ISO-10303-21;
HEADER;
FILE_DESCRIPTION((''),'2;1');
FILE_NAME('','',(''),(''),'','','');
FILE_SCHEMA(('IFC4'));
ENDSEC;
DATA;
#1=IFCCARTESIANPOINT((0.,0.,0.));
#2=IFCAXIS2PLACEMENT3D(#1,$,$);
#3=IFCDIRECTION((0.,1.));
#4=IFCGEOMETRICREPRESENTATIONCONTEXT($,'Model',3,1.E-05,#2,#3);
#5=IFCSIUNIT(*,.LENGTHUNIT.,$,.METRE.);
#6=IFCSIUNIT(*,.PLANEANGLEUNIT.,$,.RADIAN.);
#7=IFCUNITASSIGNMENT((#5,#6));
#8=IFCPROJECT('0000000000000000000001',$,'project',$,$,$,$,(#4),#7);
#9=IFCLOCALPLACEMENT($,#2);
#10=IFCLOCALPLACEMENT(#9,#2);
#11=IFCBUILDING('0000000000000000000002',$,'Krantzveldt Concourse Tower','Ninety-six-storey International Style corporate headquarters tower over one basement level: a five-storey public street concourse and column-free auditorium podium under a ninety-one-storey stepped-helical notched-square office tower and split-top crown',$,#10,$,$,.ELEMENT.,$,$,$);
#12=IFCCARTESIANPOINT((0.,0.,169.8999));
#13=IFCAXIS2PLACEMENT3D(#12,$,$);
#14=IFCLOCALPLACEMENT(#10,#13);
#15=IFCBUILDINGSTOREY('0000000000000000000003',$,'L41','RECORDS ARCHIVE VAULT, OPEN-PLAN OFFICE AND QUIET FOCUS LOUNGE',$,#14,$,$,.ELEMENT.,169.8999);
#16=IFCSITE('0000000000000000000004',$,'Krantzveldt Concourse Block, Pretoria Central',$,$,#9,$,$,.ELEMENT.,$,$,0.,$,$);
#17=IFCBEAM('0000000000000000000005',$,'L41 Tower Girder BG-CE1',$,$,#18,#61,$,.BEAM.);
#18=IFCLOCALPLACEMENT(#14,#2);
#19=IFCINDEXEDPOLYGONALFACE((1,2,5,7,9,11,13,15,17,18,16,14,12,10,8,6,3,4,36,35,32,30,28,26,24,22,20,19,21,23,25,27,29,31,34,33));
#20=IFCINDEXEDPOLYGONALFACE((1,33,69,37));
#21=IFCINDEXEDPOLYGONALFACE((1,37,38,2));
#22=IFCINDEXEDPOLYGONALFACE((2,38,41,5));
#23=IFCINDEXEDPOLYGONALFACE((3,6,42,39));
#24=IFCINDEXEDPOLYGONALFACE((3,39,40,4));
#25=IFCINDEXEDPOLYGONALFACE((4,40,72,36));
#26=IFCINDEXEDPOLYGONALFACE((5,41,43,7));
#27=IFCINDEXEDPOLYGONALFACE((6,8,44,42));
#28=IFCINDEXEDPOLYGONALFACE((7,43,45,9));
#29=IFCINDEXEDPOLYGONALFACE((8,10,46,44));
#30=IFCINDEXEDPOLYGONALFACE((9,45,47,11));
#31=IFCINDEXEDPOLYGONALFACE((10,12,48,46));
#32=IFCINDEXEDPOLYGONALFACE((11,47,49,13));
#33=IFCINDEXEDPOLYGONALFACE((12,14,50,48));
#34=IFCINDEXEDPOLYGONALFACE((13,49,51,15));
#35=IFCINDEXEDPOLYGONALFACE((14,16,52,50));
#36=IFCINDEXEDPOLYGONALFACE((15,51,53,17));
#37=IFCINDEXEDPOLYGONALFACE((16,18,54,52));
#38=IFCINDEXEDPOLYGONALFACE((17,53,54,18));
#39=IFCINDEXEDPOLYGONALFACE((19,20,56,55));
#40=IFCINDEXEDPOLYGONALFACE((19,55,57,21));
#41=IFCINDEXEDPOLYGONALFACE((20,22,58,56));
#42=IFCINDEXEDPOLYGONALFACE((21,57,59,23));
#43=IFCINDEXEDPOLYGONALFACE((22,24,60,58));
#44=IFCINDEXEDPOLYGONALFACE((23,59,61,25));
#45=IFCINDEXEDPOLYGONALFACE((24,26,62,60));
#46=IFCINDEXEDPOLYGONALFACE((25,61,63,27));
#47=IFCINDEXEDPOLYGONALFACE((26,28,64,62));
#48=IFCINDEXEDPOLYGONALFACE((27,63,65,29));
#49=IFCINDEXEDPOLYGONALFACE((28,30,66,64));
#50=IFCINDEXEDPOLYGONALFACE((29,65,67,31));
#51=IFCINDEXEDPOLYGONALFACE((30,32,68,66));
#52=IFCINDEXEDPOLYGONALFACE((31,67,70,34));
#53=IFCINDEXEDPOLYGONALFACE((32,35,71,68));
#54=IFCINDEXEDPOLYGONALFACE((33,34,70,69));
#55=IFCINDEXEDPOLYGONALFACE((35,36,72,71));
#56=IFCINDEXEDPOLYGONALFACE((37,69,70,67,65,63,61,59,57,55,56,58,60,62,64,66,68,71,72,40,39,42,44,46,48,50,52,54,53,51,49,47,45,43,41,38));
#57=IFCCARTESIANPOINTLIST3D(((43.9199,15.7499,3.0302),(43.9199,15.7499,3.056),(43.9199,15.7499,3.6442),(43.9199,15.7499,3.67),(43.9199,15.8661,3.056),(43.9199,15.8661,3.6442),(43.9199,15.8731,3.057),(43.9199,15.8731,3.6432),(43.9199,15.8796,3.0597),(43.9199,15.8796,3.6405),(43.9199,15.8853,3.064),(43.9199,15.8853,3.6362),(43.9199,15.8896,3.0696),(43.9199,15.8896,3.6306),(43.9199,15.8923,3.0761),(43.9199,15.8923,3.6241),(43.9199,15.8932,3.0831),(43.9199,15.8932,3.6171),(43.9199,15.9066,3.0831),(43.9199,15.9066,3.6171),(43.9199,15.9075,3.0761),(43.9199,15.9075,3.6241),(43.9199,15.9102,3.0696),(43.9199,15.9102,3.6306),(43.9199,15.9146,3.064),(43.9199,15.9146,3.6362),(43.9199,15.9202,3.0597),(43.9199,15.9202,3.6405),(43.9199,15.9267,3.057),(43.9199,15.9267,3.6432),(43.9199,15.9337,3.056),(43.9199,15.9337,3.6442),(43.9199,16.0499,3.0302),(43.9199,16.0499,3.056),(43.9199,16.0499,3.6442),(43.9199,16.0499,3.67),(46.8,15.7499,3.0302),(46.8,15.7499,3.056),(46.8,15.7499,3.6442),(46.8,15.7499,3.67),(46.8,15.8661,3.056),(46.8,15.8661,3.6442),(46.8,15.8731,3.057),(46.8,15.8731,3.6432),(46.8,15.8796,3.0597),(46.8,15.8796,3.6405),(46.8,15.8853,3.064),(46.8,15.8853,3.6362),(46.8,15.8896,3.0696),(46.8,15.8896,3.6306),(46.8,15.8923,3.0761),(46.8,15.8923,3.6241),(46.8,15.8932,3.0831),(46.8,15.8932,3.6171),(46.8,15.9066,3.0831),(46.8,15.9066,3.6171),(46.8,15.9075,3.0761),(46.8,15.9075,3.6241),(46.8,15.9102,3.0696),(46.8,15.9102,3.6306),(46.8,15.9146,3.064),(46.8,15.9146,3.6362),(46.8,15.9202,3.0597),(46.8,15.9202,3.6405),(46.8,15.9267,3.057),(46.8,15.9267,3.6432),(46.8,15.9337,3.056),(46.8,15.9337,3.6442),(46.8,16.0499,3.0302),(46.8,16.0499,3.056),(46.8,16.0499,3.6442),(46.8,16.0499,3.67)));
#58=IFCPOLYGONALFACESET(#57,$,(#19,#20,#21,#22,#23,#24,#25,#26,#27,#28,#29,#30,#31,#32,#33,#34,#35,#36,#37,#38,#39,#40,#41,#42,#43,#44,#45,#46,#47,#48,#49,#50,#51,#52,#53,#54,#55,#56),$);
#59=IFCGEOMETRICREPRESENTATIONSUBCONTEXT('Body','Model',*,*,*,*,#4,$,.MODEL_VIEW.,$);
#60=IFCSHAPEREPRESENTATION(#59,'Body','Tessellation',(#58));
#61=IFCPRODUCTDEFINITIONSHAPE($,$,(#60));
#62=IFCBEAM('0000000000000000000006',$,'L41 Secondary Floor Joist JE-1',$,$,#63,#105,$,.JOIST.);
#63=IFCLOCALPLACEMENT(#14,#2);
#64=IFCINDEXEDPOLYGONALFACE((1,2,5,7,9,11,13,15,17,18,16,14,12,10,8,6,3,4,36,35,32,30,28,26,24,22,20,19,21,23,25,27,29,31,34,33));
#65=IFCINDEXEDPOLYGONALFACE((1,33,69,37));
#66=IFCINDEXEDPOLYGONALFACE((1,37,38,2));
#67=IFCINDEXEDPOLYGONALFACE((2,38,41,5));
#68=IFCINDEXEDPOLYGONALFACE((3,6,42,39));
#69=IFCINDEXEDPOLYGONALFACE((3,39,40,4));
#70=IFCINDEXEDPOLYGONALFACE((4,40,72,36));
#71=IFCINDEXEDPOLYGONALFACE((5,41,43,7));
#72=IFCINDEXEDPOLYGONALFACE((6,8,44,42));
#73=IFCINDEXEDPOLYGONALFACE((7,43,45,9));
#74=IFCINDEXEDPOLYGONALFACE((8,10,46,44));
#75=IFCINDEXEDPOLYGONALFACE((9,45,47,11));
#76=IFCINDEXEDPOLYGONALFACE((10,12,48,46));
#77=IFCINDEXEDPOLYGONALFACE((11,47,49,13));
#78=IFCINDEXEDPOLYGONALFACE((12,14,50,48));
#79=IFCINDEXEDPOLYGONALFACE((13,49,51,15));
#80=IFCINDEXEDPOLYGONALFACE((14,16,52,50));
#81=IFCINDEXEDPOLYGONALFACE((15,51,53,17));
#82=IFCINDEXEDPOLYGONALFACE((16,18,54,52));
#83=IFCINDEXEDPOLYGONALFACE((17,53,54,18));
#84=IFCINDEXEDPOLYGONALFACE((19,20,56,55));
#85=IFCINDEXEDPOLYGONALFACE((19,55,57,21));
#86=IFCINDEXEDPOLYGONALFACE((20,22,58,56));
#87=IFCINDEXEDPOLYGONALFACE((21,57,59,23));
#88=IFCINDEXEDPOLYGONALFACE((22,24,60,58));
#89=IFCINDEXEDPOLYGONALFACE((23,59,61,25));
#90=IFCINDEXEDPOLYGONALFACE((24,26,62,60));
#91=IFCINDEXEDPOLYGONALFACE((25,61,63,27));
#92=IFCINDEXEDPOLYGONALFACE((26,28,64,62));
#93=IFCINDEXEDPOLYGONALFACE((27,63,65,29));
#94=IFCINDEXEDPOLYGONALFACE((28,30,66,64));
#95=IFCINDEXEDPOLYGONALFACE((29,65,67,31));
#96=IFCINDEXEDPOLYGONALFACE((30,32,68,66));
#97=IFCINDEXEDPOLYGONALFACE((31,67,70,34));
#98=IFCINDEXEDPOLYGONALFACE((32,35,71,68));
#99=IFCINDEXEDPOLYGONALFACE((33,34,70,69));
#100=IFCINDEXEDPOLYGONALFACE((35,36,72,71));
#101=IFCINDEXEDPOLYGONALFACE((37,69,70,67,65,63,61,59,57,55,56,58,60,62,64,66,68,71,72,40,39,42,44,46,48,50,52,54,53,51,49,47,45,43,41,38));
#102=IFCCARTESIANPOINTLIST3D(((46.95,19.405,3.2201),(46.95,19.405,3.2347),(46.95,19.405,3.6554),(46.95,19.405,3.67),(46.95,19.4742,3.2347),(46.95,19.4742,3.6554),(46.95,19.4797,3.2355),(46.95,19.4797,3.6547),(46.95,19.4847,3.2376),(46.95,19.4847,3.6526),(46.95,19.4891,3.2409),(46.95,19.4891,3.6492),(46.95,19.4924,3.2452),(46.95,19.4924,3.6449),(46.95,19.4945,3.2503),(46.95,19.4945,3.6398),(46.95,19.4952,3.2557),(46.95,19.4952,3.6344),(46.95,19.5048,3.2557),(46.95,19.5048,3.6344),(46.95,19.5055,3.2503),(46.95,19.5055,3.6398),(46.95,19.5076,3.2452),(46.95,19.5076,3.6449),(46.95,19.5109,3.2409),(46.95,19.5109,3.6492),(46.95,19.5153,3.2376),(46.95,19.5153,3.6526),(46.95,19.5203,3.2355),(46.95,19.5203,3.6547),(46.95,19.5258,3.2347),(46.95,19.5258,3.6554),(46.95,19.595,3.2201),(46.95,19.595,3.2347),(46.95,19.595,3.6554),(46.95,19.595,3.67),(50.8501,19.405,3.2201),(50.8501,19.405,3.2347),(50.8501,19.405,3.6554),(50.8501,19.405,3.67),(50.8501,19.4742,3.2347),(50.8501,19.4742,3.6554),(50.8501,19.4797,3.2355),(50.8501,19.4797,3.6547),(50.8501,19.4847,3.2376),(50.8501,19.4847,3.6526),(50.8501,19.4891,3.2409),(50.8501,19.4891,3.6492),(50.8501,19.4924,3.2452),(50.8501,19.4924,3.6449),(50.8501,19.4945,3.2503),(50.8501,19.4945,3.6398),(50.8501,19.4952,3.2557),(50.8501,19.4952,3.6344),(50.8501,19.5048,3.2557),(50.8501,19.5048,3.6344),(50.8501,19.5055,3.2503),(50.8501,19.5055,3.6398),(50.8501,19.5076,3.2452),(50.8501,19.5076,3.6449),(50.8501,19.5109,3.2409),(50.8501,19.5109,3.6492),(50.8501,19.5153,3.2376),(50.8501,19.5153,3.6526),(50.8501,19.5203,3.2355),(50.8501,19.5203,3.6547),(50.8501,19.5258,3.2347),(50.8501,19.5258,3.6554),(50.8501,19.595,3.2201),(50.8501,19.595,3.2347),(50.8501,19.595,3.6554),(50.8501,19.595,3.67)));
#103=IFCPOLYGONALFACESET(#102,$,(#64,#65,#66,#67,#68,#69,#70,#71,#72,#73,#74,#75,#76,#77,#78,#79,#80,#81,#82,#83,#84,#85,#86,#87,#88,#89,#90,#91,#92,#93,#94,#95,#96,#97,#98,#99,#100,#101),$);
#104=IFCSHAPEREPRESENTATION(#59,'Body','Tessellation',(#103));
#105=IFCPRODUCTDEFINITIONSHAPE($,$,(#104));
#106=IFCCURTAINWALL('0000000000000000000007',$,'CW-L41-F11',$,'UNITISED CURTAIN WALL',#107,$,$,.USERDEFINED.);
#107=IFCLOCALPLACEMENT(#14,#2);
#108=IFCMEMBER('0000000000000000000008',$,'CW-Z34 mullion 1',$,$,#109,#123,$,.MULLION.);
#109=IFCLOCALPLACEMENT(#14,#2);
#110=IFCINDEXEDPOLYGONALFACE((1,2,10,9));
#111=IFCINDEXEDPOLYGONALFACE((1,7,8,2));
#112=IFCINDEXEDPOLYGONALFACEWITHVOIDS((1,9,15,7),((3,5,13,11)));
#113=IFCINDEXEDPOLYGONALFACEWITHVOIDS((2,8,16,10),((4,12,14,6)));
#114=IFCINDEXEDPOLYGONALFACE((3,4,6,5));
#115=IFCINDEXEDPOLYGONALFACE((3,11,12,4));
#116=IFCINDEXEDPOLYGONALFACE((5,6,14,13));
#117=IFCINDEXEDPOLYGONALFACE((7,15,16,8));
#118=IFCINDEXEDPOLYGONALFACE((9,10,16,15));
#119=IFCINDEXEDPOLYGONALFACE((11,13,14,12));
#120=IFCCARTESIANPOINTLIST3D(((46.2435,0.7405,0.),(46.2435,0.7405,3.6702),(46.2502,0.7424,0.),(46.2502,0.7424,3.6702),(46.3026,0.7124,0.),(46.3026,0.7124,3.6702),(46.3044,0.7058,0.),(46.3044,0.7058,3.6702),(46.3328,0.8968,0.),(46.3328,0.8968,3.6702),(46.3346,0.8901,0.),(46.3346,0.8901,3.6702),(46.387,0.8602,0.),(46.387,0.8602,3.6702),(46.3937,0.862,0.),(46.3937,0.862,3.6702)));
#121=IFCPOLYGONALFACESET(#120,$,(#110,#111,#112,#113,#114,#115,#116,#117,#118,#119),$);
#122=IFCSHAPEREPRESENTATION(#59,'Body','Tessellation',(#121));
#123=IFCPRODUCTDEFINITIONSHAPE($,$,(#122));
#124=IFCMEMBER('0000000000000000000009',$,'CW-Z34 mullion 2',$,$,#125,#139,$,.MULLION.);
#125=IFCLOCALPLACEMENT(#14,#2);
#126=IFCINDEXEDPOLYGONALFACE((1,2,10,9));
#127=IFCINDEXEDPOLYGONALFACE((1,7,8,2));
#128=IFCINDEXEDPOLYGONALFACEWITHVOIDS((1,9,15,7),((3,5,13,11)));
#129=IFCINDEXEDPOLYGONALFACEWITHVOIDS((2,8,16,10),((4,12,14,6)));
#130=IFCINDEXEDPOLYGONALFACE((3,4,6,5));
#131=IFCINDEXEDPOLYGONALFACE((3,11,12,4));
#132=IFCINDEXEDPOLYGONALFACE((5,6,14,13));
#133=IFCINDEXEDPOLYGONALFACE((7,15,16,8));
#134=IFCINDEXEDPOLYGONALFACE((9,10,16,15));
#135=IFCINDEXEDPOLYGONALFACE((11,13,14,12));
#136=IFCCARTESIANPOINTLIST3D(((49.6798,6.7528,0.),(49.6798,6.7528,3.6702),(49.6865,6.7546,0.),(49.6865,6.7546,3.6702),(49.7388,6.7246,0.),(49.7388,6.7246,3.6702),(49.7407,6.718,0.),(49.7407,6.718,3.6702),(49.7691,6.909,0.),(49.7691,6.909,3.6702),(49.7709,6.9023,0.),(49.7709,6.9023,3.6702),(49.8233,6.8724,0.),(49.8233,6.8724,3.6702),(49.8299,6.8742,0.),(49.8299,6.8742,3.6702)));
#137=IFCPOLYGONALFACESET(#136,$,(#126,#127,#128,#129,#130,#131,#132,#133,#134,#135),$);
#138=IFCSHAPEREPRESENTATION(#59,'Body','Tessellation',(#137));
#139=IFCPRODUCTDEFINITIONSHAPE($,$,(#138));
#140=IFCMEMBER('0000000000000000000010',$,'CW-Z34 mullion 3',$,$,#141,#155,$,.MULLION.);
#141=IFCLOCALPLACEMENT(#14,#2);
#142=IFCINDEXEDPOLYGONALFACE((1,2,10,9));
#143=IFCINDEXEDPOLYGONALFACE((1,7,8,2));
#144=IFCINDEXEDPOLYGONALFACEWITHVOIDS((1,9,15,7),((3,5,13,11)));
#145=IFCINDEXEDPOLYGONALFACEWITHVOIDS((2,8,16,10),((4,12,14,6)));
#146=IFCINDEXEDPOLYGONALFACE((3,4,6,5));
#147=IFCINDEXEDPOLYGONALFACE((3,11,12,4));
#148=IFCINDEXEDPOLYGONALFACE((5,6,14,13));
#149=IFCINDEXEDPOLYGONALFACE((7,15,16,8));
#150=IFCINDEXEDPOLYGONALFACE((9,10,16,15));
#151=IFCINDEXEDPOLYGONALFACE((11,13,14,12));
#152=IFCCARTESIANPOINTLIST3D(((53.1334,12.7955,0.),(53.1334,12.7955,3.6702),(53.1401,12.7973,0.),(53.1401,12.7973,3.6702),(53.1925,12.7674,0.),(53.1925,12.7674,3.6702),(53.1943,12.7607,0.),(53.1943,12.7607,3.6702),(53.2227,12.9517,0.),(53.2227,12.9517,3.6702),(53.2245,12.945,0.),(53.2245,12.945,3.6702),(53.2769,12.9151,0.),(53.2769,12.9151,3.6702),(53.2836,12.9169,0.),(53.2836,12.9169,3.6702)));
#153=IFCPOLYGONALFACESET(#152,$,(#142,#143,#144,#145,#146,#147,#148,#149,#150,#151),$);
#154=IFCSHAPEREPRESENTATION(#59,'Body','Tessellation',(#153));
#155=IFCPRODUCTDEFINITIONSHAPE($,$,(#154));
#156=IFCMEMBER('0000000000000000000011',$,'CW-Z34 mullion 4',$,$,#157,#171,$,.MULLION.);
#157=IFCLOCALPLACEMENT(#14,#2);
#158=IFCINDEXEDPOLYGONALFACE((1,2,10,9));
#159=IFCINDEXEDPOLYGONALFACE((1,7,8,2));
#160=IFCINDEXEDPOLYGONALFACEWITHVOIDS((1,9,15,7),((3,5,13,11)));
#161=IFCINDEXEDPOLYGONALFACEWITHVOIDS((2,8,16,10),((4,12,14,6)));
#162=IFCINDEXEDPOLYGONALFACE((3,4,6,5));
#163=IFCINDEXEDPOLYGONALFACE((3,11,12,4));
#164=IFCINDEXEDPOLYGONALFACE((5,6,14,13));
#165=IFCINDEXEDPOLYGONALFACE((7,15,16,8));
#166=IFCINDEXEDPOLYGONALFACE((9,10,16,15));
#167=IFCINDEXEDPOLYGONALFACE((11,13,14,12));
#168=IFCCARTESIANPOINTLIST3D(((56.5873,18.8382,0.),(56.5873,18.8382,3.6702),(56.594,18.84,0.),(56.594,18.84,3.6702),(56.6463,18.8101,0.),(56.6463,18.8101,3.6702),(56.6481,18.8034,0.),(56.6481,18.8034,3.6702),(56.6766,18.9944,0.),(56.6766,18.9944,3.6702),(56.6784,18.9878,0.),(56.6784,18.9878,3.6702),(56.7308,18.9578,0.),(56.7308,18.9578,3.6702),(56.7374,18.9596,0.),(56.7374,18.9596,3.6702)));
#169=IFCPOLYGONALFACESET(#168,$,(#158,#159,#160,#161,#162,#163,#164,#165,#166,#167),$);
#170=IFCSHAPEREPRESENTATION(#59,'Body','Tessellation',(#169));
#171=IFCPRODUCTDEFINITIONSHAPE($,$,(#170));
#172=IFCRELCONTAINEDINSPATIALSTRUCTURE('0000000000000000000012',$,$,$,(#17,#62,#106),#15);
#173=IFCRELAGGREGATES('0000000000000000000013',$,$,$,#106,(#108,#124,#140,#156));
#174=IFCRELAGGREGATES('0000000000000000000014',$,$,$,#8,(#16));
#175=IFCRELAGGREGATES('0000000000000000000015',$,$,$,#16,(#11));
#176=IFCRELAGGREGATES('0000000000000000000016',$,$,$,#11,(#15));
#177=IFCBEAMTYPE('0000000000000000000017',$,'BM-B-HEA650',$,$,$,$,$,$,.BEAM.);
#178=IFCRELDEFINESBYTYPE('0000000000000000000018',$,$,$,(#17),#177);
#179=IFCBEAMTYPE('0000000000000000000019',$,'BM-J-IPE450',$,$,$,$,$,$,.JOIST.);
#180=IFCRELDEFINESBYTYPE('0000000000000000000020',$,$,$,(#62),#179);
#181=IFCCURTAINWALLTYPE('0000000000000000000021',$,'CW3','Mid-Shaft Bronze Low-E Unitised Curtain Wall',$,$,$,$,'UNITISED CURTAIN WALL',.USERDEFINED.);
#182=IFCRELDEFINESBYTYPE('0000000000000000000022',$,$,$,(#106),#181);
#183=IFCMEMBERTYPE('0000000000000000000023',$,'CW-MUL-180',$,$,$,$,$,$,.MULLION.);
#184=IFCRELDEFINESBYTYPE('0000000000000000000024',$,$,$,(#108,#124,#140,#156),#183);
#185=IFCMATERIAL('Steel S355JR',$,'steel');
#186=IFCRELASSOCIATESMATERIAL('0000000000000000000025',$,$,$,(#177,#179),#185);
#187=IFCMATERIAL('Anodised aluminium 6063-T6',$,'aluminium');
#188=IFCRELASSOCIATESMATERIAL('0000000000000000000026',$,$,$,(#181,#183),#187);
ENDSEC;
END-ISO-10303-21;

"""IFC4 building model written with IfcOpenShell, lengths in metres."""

from ifc_helpers import new_model, si_unit, direction, frame, origin, origin_2d, place, context, subcontext, project, spatial, hollow_rectangle, i_section, extrude, source, transform, mapped, material, material_profile, profile_set, type_object, type_shapes, element, aggregate, save


model = new_model("IFC4")

# Units and contexts
model_context = context("Model", 3, precision=1e-05, world=origin(), true_north=direction((0.0, 1.0)))
body_context = subcontext(model_context, "Body", "Model", "MODEL_VIEW")
ifc_project = project(units=[si_unit("LENGTHUNIT", "METRE"), si_unit("PLANEANGLEUNIT", "RADIAN")], contexts=[model_context])

# Site, building, storey
site_placement = place(None, origin())
site = spatial("IfcSite", under=ifc_project, at=site_placement, Name="Krantzveldt Concourse Block, Pretoria Central", CompositionType="ELEMENT", RefElevation=0.0)
building_placement = place(site_placement, origin())
building = spatial("IfcBuilding", under=site, at=building_placement, Name="Krantzveldt Concourse Tower", Description="Ninety-six-storey International Style corporate headquarters tower over one basement level: a five-storey public street concourse and column-free auditorium podium under a ninety-one-storey stepped-helical notched-square office tower and split-top crown", CompositionType="ELEMENT")
storey_placement = place(building_placement, frame((0.0, 0.0, 169.8999)))
storey = spatial("IfcBuildingStorey", under=building, at=storey_placement, Name="L41", Description="RECORDS ARCHIVE VAULT, OPEN-PLAN OFFICE AND QUIET FOCUS LOUNGE", CompositionType="ELEMENT", Elevation=169.8999)

# Beams
ifc_material_1 = material(Name="Steel S355JR", Category="steel")
ifc_material_profile_1 = material_profile(ifc_material_1, i_section(OverallWidth=0.3, OverallDepth=0.6399, WebThickness=0.0134, FlangeThickness=0.0259, FilletRadius=0.0271, at=origin_2d()), Name="Steel S355JR", Category="steel")
ifc_profile_set_1 = profile_set([ifc_material_profile_1], Name="Steel S355JR - HEA 650")
beam_type_1 = type_object("IfcBeamType", Name="BM-B-HEA650", PredefinedType="BEAM", material=ifc_profile_set_1)
shared_shape_1 = source(origin(), body_context, "Body", "SweptSolid", [
    extrude(i_section(OverallWidth=0.3, OverallDepth=0.6399, WebThickness=0.0134, FlangeThickness=0.0259, FilletRadius=0.0271, at=origin_2d()), origin(), (0.0, 0.0, 1.0), 2.8801),
])
beam_1_placement = place(storey_placement, frame((43.9199, 15.8999, 3.3501), z_axis=(1.0, 0.0, 0.0), x_axis=(0.0, 1.0, 0.0)))
element("IfcBeam", 1, at=beam_1_placement, inside=storey, type_object=beam_type_1, Name="L41 Tower Girder BG-CE1", PredefinedType="BEAM", context=body_context, shape_type="MappedRepresentation", body=[
    mapped(shared_shape_1, transform((0.0, 0.0, 0.0), x_axis=(1.0, 0.0, 0.0), y_axis=(0.0, 1.0, 0.0), z_axis=(0.0, 0.0, 1.0), scale=1.0)),
])
ifc_material_profile_2 = material_profile(ifc_material_1, i_section(OverallWidth=0.1899, OverallDepth=0.45, WebThickness=0.0095, FlangeThickness=0.0146, FilletRadius=0.021, at=origin_2d()), Name="Steel S355JR", Category="steel")
ifc_profile_set_2 = profile_set([ifc_material_profile_2], Name="Steel S355JR - IPE 450")
beam_type_2 = type_object("IfcBeamType", Name="BM-J-IPE450", PredefinedType="JOIST", material=ifc_profile_set_2)
shared_shape_2 = source(origin(), body_context, "Body", "SweptSolid", [
    extrude(i_section(OverallWidth=0.1899, OverallDepth=0.45, WebThickness=0.0095, FlangeThickness=0.0146, FilletRadius=0.021, at=origin_2d()), origin(), (0.0, 0.0, 1.0), 3.9001),
])
type_shapes(beam_type_2, [shared_shape_2])
beam_2_placement = place(storey_placement, frame((46.95, 19.5, 3.4451), z_axis=(1.0, 0.0, 0.0), x_axis=(0.0, 1.0, 0.0)))
element("IfcBeam", 2, at=beam_2_placement, inside=storey, type_object=beam_type_2, Name="L41 Secondary Floor Joist JE-1", PredefinedType="JOIST", context=body_context, shape_type="MappedRepresentation", body=[
    mapped(shared_shape_2, transform((0.0, 0.0, 0.0), x_axis=(1.0, 0.0, 0.0), y_axis=(0.0, 1.0, 0.0), z_axis=(0.0, 0.0, 1.0), scale=1.0)),
])

# Curtain wall, members
ifc_material_2 = material(Name="Anodised aluminium 6063-T6", Category="aluminium")
curtain_wall_type = type_object("IfcCurtainWallType", Name="CW3", Description="Mid-Shaft Bronze Low-E Unitised Curtain Wall", ElementType="UNITISED CURTAIN WALL", PredefinedType="USERDEFINED", material=ifc_material_2)
curtain_wall_placement = place(storey_placement, origin())
curtain_wall = element("IfcCurtainWall", 3, at=curtain_wall_placement, inside=storey, type_object=curtain_wall_type, Name="CW-L41-F11", ObjectType="UNITISED CURTAIN WALL", PredefinedType="USERDEFINED")
ifc_material_profile_3 = material_profile(ifc_material_2, hollow_rectangle(XDim=0.0701, YDim=0.1799, WallThickness=0.0049, at=origin_2d()), Name="Anodised aluminium 6063-T6", Category="aluminium")
ifc_profile_set_3 = profile_set([ifc_material_profile_3], Name="Anodised aluminium 6063-T6 - ALU-MULL 180x70x5")
member_type_1 = type_object("IfcMemberType", Name="CW-MUL-180", PredefinedType="MULLION", material=ifc_profile_set_3)
shared_shape_3 = source(origin(), body_context, "Body", "SweptSolid", [
    extrude(hollow_rectangle(XDim=0.0701, YDim=0.1799, WallThickness=0.0049, at=origin_2d()), origin(), (0.0, 0.0, 1.0), 3.6702),
])
type_shapes(member_type_1, [shared_shape_3])
member_1_placement = place(storey_placement, frame((46.3186, 0.8013, 0.0), z_axis=(0.0, 0.0, 1.0), x_axis=(-0.868199, 0.496216, 0.0)))
member_1 = element("IfcMember", 4, at=member_1_placement, type_object=member_type_1, Name="CW-Z34 mullion 1", PredefinedType="MULLION", context=body_context, shape_type="MappedRepresentation", body=[
    mapped(shared_shape_3, transform((0.0, 0.0, 0.0), x_axis=(1.0, 0.0, 0.0), y_axis=(0.0, 1.0, 0.0), z_axis=(0.0, 0.0, 1.0), scale=1.0)),
])
member_2_placement = place(storey_placement, frame((49.7549, 6.8135, 0.0), z_axis=(0.0, 0.0, 1.0), x_axis=(-0.868199, 0.496216, 0.0)))
member_2 = element("IfcMember", 5, at=member_2_placement, type_object=member_type_1, Name="CW-Z34 mullion 2", PredefinedType="MULLION", context=body_context, shape_type="MappedRepresentation", body=[
    mapped(shared_shape_3, transform((0.0, 0.0, 0.0), x_axis=(1.0, 0.0, 0.0), y_axis=(0.0, 1.0, 0.0), z_axis=(0.0, 0.0, 1.0), scale=1.0)),
])
member_3_placement = place(storey_placement, frame((53.2085, 12.8562, 0.0), z_axis=(0.0, 0.0, 1.0), x_axis=(-0.868199, 0.496216, 0.0)))
member_3 = element("IfcMember", 6, at=member_3_placement, type_object=member_type_1, Name="CW-Z34 mullion 3", PredefinedType="MULLION", context=body_context, shape_type="MappedRepresentation", body=[
    mapped(shared_shape_3, transform((0.0, 0.0, 0.0), x_axis=(1.0, 0.0, 0.0), y_axis=(0.0, 1.0, 0.0), z_axis=(0.0, 0.0, 1.0), scale=1.0)),
])
member_4_placement = place(storey_placement, frame((56.6624, 18.8989, 0.0), z_axis=(0.0, 0.0, 1.0), x_axis=(-0.868199, 0.496216, 0.0)))
member_4 = element("IfcMember", 7, at=member_4_placement, type_object=member_type_1, Name="CW-Z34 mullion 4", PredefinedType="MULLION", context=body_context, shape_type="MappedRepresentation", body=[
    mapped(shared_shape_3, transform((0.0, 0.0, 0.0), x_axis=(1.0, 0.0, 0.0), y_axis=(0.0, 1.0, 0.0), z_axis=(0.0, 0.0, 1.0), scale=1.0)),
])
aggregate(curtain_wall, [member_1, member_2, member_3, member_4])

save(model, "model.ifc")
